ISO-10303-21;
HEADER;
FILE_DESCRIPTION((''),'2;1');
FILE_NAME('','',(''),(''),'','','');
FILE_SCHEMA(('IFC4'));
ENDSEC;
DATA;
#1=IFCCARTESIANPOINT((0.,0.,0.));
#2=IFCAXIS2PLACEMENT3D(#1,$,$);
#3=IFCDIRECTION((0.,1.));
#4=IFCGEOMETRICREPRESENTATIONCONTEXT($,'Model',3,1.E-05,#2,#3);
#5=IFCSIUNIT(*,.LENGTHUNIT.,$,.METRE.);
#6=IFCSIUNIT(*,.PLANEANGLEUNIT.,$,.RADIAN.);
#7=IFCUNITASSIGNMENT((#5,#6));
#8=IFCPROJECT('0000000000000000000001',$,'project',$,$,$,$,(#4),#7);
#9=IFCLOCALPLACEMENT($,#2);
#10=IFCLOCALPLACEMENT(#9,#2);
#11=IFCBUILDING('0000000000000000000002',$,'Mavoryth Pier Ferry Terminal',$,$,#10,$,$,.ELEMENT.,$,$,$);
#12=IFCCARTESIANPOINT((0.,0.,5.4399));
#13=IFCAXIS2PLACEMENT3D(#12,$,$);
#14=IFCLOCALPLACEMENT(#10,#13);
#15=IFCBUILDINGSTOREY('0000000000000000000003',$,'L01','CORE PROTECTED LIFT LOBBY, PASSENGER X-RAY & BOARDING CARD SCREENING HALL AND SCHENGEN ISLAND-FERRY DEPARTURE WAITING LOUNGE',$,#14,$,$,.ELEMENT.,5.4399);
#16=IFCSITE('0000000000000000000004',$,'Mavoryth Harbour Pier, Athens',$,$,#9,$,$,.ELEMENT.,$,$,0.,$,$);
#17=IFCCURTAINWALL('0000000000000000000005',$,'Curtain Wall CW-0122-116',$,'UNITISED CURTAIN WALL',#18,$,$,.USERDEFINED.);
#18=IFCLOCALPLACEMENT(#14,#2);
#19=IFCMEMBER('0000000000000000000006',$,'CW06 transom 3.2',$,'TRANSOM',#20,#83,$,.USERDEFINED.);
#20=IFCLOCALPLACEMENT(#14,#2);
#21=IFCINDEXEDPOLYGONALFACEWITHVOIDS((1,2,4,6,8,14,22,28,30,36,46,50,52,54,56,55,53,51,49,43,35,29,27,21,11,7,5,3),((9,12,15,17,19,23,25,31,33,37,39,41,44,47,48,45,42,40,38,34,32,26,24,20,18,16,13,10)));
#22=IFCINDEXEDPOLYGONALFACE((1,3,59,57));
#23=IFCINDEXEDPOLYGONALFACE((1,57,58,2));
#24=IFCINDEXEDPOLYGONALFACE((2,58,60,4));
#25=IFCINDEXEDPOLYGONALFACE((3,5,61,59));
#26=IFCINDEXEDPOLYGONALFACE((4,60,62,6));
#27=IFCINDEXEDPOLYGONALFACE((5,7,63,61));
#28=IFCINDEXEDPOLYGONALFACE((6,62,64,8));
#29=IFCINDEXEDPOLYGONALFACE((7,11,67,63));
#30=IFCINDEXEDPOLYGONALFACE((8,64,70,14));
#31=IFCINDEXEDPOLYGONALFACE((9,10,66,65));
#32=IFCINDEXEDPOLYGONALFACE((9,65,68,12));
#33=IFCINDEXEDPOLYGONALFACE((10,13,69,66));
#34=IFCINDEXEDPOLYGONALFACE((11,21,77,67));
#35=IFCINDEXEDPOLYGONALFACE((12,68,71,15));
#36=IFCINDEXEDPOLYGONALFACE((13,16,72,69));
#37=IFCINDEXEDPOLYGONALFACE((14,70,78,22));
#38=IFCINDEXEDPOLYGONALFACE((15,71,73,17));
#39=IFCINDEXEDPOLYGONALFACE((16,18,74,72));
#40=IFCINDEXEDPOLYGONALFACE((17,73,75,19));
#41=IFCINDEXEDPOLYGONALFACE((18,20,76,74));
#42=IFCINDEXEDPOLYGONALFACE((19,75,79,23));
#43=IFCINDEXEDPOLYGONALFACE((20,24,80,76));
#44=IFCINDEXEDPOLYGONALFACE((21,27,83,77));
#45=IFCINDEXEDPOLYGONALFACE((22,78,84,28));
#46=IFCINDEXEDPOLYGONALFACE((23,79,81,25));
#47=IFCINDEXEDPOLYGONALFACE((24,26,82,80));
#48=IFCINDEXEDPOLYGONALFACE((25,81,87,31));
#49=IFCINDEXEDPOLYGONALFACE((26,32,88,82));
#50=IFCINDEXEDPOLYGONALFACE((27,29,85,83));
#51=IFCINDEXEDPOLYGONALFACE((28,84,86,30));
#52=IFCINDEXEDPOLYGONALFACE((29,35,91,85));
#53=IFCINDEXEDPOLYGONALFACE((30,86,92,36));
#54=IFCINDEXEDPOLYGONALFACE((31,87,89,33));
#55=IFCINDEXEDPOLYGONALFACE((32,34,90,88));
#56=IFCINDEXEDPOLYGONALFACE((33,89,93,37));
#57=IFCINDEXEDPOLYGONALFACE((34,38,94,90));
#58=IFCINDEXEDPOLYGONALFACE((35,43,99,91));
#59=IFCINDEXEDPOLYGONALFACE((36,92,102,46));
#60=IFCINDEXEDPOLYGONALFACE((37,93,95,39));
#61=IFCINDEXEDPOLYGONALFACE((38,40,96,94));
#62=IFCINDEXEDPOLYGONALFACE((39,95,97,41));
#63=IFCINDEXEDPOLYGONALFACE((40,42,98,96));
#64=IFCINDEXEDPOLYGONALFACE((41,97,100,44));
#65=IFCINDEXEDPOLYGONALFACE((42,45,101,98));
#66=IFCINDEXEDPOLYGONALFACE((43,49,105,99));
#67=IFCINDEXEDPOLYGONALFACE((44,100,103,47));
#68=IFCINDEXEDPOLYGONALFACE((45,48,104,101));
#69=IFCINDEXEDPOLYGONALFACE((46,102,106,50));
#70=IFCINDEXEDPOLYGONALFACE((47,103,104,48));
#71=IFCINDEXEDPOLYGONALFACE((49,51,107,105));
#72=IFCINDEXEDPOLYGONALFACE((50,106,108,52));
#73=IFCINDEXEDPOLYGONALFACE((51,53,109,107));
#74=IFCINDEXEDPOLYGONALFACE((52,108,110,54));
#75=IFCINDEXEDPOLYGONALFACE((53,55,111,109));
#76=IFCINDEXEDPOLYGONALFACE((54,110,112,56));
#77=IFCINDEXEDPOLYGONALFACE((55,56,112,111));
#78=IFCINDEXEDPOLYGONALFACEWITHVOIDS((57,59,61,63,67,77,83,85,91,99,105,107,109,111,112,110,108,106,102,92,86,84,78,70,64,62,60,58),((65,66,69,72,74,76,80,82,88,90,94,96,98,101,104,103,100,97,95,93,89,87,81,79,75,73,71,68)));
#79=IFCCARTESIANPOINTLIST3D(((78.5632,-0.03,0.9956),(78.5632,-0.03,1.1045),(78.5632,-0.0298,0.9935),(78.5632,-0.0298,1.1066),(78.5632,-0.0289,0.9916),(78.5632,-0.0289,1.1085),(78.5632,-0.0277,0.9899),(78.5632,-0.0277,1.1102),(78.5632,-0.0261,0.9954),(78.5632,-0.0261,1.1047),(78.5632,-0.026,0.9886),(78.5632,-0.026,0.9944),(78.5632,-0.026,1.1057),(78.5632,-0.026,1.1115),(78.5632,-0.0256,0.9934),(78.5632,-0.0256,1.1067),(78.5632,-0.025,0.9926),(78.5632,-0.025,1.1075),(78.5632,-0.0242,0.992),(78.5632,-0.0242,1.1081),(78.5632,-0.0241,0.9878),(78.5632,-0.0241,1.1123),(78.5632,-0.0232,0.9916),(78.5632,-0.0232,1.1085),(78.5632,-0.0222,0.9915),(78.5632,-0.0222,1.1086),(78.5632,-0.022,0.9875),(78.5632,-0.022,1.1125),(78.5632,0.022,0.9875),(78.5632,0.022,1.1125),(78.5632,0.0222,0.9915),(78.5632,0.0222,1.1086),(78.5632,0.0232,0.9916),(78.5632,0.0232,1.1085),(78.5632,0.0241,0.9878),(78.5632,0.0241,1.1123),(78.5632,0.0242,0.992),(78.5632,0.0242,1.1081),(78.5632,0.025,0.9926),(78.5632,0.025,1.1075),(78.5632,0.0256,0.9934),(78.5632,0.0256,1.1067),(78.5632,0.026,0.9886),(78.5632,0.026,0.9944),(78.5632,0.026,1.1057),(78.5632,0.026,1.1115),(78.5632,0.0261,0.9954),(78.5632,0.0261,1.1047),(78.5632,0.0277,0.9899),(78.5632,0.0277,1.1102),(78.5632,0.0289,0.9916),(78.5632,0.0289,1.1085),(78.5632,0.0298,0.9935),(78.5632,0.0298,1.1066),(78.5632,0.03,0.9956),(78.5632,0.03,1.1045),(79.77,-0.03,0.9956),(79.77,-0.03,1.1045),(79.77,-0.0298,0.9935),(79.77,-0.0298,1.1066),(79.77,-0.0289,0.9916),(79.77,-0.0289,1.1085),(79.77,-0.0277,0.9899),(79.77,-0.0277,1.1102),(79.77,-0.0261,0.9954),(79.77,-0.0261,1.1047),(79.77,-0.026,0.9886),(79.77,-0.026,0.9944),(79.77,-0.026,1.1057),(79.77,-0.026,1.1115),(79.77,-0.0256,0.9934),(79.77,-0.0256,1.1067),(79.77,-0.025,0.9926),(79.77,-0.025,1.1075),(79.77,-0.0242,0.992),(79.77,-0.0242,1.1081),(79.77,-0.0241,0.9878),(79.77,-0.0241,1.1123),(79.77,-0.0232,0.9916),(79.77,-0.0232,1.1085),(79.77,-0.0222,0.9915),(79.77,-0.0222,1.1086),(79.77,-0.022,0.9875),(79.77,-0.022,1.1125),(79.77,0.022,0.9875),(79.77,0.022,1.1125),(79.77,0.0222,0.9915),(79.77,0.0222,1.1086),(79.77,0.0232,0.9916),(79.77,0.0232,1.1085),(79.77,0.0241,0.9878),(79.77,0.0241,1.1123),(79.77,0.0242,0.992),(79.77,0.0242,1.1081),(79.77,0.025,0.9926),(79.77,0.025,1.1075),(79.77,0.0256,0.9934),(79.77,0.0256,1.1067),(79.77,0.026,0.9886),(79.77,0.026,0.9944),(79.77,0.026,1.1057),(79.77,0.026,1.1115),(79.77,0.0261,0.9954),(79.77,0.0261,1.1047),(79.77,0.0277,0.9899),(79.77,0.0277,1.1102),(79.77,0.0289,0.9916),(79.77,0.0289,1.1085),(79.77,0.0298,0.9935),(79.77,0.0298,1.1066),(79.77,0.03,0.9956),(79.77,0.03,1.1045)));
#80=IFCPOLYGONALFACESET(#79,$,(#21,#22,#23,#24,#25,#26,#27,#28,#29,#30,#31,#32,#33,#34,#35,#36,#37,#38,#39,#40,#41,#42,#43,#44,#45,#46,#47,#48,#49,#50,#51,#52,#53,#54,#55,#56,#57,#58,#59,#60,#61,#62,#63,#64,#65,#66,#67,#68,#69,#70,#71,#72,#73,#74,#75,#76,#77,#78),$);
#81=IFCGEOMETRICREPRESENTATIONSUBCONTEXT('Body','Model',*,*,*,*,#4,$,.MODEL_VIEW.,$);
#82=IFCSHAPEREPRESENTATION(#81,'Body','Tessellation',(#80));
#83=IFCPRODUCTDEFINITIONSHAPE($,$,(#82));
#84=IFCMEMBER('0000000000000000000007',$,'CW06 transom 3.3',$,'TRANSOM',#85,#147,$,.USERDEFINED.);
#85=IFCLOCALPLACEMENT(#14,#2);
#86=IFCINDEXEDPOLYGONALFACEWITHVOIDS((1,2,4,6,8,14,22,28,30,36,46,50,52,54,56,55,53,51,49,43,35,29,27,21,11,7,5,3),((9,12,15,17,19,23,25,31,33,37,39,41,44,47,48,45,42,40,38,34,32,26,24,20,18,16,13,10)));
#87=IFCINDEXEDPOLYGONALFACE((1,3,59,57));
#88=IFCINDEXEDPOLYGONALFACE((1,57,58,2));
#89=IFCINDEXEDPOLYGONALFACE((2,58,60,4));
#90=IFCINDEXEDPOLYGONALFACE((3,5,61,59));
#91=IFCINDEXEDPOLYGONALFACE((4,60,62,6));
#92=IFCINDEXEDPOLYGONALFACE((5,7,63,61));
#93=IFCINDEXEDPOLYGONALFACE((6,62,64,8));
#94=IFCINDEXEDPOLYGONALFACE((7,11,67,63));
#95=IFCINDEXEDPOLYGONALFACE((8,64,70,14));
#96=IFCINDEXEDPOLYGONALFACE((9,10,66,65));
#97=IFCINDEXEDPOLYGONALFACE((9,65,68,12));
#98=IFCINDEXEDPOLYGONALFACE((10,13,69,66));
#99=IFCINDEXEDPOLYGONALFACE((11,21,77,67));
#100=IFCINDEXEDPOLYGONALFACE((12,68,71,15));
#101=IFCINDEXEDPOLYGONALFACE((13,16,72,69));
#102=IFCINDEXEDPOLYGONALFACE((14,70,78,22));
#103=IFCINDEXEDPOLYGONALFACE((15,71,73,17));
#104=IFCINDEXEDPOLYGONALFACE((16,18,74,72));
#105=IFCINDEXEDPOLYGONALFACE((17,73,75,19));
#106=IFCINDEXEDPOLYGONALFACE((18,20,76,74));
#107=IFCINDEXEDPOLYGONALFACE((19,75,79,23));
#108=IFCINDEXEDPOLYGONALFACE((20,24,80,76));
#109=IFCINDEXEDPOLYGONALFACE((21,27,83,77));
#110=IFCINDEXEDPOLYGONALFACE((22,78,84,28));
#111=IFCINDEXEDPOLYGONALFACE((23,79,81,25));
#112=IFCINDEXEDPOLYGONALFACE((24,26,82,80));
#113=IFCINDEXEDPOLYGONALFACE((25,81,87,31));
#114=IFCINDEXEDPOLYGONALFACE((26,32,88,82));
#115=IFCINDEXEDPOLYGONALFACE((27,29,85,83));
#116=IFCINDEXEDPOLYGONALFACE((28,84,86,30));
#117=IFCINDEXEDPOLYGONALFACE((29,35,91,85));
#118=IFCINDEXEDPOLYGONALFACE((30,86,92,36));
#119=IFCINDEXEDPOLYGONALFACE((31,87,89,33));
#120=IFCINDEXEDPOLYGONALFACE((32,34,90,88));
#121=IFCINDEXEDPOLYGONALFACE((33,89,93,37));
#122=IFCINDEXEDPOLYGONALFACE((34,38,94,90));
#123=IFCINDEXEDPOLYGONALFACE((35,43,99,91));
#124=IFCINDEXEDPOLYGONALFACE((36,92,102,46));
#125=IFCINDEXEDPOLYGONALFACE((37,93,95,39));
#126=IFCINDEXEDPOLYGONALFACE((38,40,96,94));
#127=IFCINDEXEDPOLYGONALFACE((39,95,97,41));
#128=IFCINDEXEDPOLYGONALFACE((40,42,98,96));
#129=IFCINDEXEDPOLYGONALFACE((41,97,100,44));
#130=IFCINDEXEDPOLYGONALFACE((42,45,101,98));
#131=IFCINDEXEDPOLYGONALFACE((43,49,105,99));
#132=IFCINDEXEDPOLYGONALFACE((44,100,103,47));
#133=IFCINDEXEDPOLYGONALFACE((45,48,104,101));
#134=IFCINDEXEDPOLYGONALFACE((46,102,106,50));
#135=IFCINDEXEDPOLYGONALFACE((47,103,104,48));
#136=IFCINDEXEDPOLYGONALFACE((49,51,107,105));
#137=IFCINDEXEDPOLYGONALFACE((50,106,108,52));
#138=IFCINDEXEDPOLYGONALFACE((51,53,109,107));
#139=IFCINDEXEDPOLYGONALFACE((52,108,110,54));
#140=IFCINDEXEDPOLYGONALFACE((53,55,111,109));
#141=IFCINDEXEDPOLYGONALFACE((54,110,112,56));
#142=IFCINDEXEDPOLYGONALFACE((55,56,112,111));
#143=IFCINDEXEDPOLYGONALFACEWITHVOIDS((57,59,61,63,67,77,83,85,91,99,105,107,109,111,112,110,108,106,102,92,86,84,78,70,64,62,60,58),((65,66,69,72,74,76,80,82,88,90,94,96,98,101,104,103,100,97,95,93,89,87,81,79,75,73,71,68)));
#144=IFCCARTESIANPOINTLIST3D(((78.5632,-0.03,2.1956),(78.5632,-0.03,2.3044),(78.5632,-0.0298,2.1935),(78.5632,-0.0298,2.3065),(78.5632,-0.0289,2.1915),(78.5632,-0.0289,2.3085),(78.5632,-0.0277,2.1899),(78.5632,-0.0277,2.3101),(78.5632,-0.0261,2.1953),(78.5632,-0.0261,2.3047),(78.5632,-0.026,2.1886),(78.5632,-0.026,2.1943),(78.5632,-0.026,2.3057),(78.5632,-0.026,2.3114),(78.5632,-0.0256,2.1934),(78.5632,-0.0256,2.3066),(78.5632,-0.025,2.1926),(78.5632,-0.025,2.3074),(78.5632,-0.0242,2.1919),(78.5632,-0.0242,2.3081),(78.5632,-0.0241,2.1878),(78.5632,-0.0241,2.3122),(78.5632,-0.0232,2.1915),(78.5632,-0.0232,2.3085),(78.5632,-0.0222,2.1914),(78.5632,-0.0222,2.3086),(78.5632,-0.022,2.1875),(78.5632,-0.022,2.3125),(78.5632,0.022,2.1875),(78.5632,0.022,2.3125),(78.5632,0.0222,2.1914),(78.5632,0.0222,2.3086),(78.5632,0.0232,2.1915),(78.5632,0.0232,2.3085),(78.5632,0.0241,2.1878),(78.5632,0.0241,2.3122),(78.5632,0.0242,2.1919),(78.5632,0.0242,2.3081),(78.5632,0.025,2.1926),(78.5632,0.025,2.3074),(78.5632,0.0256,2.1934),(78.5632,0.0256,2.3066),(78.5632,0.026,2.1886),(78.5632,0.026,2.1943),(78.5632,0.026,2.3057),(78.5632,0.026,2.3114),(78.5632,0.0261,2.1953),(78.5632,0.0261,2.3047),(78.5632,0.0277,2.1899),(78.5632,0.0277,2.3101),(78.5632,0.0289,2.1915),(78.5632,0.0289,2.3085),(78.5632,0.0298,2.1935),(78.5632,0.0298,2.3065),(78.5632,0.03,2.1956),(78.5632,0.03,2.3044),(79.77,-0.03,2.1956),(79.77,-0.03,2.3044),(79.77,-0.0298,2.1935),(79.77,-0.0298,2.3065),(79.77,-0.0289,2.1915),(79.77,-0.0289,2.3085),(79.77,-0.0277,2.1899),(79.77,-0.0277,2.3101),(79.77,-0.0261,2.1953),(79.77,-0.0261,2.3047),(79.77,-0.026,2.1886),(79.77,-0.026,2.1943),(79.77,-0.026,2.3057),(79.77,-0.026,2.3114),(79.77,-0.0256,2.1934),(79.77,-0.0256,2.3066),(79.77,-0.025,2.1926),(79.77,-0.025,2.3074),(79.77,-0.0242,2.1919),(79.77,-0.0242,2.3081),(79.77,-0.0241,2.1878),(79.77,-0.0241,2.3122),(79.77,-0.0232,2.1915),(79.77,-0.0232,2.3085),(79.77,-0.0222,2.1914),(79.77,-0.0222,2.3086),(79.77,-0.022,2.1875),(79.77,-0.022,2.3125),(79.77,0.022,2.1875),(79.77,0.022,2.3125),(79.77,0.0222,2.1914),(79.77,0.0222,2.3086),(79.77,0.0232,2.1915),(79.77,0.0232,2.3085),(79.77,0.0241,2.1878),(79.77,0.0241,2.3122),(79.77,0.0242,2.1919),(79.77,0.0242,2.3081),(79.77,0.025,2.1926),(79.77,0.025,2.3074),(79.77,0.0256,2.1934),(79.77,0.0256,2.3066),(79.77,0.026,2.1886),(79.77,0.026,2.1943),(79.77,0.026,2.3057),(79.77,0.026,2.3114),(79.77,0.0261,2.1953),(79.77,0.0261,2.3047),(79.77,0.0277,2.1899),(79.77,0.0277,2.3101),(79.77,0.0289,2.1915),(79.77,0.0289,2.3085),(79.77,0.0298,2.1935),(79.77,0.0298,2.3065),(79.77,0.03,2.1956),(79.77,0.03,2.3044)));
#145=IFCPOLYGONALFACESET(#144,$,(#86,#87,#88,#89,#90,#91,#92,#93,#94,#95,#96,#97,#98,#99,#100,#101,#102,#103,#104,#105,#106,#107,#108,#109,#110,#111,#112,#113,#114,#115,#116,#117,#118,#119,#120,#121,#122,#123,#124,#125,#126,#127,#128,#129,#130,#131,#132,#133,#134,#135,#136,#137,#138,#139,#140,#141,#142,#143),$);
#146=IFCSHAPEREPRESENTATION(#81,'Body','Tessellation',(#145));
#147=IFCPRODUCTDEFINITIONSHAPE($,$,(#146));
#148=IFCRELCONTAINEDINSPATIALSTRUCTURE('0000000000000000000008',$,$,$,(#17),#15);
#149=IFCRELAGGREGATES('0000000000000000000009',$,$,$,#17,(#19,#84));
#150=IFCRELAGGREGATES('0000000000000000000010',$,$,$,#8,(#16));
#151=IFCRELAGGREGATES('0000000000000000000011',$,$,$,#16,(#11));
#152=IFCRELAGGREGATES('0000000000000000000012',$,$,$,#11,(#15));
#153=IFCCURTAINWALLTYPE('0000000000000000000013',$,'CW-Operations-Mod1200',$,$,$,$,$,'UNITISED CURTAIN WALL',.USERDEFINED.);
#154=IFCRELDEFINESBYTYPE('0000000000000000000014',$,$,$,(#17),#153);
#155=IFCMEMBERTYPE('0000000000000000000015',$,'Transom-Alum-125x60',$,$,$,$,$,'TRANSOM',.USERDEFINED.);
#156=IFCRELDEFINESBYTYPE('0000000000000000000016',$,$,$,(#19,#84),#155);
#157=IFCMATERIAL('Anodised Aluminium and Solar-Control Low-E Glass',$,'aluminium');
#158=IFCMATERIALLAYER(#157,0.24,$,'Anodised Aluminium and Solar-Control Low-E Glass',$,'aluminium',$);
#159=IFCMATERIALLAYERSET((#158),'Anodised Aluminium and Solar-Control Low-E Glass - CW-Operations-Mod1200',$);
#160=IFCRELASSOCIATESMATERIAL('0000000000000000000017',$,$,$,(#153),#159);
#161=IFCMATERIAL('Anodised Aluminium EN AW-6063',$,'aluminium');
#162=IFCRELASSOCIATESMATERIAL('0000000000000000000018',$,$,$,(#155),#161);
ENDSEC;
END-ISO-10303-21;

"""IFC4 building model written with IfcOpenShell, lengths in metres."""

from ifc_helpers import new_model, si_unit, direction, frame, origin, origin_2d, place, context, subcontext, project, spatial, hollow_rectangle, extrude, material, layer, layer_set, material_profile, profile_set, type_object, element, aggregate, save


model = new_model("IFC4")

# Units and contexts
model_context = context("Model", 3, precision=1e-05, world=origin(), true_north=direction((0.0, 1.0)))
body_context = subcontext(model_context, "Body", "Model", "MODEL_VIEW")
ifc_project = project(units=[si_unit("LENGTHUNIT", "METRE"), si_unit("PLANEANGLEUNIT", "RADIAN")], contexts=[model_context])

# Site, building, storey
site_placement = place(None, origin())
site = spatial("IfcSite", under=ifc_project, at=site_placement, Name="Mavoryth Harbour Pier, Athens", CompositionType="ELEMENT", RefElevation=0.0)
building_placement = place(site_placement, origin())
building = spatial("IfcBuilding", under=site, at=building_placement, Name="Mavoryth Pier Ferry Terminal", CompositionType="ELEMENT")
storey_placement = place(building_placement, frame((0.0, 0.0, 5.4399)))
storey = spatial("IfcBuildingStorey", under=building, at=storey_placement, Name="L01", Description="CORE PROTECTED LIFT LOBBY, PASSENGER X-RAY & BOARDING CARD SCREENING HALL AND SCHENGEN ISLAND-FERRY DEPARTURE WAITING LOUNGE", CompositionType="ELEMENT", Elevation=5.4399)

# Curtain wall, members
ifc_material_1 = material(Name="Anodised Aluminium and Solar-Control Low-E Glass", Category="aluminium")
ifc_layer_1 = layer(ifc_material_1, 0.24, Name="Anodised Aluminium and Solar-Control Low-E Glass", Category="aluminium")
ifc_layer_set_1 = layer_set([ifc_layer_1], Name="Anodised Aluminium and Solar-Control Low-E Glass - CW-Operations-Mod1200")
curtain_wall_type = type_object("IfcCurtainWallType", Name="CW-Operations-Mod1200", ElementType="UNITISED CURTAIN WALL", PredefinedType="USERDEFINED", material=ifc_layer_set_1)
curtain_wall_placement = place(storey_placement, origin())
curtain_wall = element("IfcCurtainWall", 1, at=curtain_wall_placement, inside=storey, type_object=curtain_wall_type, Name="Curtain Wall CW-0122-116", ObjectType="UNITISED CURTAIN WALL", PredefinedType="USERDEFINED")
ifc_material_2 = material(Name="Anodised Aluminium EN AW-6063", Category="aluminium")
ifc_material_profile_1 = material_profile(ifc_material_2, hollow_rectangle(XDim=0.0601, YDim=0.125, WallThickness=0.0039, InnerFilletRadius=0.0039, OuterFilletRadius=0.0081, at=origin_2d()), Name="AL-TRAN 125x60x4", Category="aluminium")
ifc_profile_set_1 = profile_set([ifc_material_profile_1], Name="Anodised Aluminium EN AW-6063 - AL-TRAN 125x60x4")
member_type_1 = type_object("IfcMemberType", Name="Transom-Alum-125x60", ElementType="TRANSOM", PredefinedType="USERDEFINED", material=ifc_profile_set_1)
member_1_placement = place(storey_placement, frame((78.5632, 0.0, 1.05), z_axis=(1.0, 0.0, 0.0), x_axis=(0.0, 1.0, 0.0)))
member_1 = element("IfcMember", 2, at=member_1_placement, type_object=member_type_1, Name="CW06 transom 3.2", ObjectType="TRANSOM", PredefinedType="USERDEFINED", context=body_context, shape_type="SweptSolid", body=[
    extrude(hollow_rectangle(XDim=0.0601, YDim=0.125, WallThickness=0.0039, InnerFilletRadius=0.0039, OuterFilletRadius=0.0081, at=origin_2d()), origin(), (0.0, 0.0, 1.0), 1.2068),
])
member_2_placement = place(storey_placement, frame((78.5632, 0.0, 2.25), z_axis=(1.0, 0.0, 0.0), x_axis=(0.0, 1.0, 0.0)))
member_2 = element("IfcMember", 3, at=member_2_placement, type_object=member_type_1, Name="CW06 transom 3.3", ObjectType="TRANSOM", PredefinedType="USERDEFINED", context=body_context, shape_type="SweptSolid", body=[
    extrude(hollow_rectangle(XDim=0.0601, YDim=0.125, WallThickness=0.0039, InnerFilletRadius=0.0039, OuterFilletRadius=0.0081, at=origin_2d()), origin(), (0.0, 0.0, 1.0), 1.2068),
])
aggregate(curtain_wall, [member_1, member_2])

save(model, "model.ifc")
